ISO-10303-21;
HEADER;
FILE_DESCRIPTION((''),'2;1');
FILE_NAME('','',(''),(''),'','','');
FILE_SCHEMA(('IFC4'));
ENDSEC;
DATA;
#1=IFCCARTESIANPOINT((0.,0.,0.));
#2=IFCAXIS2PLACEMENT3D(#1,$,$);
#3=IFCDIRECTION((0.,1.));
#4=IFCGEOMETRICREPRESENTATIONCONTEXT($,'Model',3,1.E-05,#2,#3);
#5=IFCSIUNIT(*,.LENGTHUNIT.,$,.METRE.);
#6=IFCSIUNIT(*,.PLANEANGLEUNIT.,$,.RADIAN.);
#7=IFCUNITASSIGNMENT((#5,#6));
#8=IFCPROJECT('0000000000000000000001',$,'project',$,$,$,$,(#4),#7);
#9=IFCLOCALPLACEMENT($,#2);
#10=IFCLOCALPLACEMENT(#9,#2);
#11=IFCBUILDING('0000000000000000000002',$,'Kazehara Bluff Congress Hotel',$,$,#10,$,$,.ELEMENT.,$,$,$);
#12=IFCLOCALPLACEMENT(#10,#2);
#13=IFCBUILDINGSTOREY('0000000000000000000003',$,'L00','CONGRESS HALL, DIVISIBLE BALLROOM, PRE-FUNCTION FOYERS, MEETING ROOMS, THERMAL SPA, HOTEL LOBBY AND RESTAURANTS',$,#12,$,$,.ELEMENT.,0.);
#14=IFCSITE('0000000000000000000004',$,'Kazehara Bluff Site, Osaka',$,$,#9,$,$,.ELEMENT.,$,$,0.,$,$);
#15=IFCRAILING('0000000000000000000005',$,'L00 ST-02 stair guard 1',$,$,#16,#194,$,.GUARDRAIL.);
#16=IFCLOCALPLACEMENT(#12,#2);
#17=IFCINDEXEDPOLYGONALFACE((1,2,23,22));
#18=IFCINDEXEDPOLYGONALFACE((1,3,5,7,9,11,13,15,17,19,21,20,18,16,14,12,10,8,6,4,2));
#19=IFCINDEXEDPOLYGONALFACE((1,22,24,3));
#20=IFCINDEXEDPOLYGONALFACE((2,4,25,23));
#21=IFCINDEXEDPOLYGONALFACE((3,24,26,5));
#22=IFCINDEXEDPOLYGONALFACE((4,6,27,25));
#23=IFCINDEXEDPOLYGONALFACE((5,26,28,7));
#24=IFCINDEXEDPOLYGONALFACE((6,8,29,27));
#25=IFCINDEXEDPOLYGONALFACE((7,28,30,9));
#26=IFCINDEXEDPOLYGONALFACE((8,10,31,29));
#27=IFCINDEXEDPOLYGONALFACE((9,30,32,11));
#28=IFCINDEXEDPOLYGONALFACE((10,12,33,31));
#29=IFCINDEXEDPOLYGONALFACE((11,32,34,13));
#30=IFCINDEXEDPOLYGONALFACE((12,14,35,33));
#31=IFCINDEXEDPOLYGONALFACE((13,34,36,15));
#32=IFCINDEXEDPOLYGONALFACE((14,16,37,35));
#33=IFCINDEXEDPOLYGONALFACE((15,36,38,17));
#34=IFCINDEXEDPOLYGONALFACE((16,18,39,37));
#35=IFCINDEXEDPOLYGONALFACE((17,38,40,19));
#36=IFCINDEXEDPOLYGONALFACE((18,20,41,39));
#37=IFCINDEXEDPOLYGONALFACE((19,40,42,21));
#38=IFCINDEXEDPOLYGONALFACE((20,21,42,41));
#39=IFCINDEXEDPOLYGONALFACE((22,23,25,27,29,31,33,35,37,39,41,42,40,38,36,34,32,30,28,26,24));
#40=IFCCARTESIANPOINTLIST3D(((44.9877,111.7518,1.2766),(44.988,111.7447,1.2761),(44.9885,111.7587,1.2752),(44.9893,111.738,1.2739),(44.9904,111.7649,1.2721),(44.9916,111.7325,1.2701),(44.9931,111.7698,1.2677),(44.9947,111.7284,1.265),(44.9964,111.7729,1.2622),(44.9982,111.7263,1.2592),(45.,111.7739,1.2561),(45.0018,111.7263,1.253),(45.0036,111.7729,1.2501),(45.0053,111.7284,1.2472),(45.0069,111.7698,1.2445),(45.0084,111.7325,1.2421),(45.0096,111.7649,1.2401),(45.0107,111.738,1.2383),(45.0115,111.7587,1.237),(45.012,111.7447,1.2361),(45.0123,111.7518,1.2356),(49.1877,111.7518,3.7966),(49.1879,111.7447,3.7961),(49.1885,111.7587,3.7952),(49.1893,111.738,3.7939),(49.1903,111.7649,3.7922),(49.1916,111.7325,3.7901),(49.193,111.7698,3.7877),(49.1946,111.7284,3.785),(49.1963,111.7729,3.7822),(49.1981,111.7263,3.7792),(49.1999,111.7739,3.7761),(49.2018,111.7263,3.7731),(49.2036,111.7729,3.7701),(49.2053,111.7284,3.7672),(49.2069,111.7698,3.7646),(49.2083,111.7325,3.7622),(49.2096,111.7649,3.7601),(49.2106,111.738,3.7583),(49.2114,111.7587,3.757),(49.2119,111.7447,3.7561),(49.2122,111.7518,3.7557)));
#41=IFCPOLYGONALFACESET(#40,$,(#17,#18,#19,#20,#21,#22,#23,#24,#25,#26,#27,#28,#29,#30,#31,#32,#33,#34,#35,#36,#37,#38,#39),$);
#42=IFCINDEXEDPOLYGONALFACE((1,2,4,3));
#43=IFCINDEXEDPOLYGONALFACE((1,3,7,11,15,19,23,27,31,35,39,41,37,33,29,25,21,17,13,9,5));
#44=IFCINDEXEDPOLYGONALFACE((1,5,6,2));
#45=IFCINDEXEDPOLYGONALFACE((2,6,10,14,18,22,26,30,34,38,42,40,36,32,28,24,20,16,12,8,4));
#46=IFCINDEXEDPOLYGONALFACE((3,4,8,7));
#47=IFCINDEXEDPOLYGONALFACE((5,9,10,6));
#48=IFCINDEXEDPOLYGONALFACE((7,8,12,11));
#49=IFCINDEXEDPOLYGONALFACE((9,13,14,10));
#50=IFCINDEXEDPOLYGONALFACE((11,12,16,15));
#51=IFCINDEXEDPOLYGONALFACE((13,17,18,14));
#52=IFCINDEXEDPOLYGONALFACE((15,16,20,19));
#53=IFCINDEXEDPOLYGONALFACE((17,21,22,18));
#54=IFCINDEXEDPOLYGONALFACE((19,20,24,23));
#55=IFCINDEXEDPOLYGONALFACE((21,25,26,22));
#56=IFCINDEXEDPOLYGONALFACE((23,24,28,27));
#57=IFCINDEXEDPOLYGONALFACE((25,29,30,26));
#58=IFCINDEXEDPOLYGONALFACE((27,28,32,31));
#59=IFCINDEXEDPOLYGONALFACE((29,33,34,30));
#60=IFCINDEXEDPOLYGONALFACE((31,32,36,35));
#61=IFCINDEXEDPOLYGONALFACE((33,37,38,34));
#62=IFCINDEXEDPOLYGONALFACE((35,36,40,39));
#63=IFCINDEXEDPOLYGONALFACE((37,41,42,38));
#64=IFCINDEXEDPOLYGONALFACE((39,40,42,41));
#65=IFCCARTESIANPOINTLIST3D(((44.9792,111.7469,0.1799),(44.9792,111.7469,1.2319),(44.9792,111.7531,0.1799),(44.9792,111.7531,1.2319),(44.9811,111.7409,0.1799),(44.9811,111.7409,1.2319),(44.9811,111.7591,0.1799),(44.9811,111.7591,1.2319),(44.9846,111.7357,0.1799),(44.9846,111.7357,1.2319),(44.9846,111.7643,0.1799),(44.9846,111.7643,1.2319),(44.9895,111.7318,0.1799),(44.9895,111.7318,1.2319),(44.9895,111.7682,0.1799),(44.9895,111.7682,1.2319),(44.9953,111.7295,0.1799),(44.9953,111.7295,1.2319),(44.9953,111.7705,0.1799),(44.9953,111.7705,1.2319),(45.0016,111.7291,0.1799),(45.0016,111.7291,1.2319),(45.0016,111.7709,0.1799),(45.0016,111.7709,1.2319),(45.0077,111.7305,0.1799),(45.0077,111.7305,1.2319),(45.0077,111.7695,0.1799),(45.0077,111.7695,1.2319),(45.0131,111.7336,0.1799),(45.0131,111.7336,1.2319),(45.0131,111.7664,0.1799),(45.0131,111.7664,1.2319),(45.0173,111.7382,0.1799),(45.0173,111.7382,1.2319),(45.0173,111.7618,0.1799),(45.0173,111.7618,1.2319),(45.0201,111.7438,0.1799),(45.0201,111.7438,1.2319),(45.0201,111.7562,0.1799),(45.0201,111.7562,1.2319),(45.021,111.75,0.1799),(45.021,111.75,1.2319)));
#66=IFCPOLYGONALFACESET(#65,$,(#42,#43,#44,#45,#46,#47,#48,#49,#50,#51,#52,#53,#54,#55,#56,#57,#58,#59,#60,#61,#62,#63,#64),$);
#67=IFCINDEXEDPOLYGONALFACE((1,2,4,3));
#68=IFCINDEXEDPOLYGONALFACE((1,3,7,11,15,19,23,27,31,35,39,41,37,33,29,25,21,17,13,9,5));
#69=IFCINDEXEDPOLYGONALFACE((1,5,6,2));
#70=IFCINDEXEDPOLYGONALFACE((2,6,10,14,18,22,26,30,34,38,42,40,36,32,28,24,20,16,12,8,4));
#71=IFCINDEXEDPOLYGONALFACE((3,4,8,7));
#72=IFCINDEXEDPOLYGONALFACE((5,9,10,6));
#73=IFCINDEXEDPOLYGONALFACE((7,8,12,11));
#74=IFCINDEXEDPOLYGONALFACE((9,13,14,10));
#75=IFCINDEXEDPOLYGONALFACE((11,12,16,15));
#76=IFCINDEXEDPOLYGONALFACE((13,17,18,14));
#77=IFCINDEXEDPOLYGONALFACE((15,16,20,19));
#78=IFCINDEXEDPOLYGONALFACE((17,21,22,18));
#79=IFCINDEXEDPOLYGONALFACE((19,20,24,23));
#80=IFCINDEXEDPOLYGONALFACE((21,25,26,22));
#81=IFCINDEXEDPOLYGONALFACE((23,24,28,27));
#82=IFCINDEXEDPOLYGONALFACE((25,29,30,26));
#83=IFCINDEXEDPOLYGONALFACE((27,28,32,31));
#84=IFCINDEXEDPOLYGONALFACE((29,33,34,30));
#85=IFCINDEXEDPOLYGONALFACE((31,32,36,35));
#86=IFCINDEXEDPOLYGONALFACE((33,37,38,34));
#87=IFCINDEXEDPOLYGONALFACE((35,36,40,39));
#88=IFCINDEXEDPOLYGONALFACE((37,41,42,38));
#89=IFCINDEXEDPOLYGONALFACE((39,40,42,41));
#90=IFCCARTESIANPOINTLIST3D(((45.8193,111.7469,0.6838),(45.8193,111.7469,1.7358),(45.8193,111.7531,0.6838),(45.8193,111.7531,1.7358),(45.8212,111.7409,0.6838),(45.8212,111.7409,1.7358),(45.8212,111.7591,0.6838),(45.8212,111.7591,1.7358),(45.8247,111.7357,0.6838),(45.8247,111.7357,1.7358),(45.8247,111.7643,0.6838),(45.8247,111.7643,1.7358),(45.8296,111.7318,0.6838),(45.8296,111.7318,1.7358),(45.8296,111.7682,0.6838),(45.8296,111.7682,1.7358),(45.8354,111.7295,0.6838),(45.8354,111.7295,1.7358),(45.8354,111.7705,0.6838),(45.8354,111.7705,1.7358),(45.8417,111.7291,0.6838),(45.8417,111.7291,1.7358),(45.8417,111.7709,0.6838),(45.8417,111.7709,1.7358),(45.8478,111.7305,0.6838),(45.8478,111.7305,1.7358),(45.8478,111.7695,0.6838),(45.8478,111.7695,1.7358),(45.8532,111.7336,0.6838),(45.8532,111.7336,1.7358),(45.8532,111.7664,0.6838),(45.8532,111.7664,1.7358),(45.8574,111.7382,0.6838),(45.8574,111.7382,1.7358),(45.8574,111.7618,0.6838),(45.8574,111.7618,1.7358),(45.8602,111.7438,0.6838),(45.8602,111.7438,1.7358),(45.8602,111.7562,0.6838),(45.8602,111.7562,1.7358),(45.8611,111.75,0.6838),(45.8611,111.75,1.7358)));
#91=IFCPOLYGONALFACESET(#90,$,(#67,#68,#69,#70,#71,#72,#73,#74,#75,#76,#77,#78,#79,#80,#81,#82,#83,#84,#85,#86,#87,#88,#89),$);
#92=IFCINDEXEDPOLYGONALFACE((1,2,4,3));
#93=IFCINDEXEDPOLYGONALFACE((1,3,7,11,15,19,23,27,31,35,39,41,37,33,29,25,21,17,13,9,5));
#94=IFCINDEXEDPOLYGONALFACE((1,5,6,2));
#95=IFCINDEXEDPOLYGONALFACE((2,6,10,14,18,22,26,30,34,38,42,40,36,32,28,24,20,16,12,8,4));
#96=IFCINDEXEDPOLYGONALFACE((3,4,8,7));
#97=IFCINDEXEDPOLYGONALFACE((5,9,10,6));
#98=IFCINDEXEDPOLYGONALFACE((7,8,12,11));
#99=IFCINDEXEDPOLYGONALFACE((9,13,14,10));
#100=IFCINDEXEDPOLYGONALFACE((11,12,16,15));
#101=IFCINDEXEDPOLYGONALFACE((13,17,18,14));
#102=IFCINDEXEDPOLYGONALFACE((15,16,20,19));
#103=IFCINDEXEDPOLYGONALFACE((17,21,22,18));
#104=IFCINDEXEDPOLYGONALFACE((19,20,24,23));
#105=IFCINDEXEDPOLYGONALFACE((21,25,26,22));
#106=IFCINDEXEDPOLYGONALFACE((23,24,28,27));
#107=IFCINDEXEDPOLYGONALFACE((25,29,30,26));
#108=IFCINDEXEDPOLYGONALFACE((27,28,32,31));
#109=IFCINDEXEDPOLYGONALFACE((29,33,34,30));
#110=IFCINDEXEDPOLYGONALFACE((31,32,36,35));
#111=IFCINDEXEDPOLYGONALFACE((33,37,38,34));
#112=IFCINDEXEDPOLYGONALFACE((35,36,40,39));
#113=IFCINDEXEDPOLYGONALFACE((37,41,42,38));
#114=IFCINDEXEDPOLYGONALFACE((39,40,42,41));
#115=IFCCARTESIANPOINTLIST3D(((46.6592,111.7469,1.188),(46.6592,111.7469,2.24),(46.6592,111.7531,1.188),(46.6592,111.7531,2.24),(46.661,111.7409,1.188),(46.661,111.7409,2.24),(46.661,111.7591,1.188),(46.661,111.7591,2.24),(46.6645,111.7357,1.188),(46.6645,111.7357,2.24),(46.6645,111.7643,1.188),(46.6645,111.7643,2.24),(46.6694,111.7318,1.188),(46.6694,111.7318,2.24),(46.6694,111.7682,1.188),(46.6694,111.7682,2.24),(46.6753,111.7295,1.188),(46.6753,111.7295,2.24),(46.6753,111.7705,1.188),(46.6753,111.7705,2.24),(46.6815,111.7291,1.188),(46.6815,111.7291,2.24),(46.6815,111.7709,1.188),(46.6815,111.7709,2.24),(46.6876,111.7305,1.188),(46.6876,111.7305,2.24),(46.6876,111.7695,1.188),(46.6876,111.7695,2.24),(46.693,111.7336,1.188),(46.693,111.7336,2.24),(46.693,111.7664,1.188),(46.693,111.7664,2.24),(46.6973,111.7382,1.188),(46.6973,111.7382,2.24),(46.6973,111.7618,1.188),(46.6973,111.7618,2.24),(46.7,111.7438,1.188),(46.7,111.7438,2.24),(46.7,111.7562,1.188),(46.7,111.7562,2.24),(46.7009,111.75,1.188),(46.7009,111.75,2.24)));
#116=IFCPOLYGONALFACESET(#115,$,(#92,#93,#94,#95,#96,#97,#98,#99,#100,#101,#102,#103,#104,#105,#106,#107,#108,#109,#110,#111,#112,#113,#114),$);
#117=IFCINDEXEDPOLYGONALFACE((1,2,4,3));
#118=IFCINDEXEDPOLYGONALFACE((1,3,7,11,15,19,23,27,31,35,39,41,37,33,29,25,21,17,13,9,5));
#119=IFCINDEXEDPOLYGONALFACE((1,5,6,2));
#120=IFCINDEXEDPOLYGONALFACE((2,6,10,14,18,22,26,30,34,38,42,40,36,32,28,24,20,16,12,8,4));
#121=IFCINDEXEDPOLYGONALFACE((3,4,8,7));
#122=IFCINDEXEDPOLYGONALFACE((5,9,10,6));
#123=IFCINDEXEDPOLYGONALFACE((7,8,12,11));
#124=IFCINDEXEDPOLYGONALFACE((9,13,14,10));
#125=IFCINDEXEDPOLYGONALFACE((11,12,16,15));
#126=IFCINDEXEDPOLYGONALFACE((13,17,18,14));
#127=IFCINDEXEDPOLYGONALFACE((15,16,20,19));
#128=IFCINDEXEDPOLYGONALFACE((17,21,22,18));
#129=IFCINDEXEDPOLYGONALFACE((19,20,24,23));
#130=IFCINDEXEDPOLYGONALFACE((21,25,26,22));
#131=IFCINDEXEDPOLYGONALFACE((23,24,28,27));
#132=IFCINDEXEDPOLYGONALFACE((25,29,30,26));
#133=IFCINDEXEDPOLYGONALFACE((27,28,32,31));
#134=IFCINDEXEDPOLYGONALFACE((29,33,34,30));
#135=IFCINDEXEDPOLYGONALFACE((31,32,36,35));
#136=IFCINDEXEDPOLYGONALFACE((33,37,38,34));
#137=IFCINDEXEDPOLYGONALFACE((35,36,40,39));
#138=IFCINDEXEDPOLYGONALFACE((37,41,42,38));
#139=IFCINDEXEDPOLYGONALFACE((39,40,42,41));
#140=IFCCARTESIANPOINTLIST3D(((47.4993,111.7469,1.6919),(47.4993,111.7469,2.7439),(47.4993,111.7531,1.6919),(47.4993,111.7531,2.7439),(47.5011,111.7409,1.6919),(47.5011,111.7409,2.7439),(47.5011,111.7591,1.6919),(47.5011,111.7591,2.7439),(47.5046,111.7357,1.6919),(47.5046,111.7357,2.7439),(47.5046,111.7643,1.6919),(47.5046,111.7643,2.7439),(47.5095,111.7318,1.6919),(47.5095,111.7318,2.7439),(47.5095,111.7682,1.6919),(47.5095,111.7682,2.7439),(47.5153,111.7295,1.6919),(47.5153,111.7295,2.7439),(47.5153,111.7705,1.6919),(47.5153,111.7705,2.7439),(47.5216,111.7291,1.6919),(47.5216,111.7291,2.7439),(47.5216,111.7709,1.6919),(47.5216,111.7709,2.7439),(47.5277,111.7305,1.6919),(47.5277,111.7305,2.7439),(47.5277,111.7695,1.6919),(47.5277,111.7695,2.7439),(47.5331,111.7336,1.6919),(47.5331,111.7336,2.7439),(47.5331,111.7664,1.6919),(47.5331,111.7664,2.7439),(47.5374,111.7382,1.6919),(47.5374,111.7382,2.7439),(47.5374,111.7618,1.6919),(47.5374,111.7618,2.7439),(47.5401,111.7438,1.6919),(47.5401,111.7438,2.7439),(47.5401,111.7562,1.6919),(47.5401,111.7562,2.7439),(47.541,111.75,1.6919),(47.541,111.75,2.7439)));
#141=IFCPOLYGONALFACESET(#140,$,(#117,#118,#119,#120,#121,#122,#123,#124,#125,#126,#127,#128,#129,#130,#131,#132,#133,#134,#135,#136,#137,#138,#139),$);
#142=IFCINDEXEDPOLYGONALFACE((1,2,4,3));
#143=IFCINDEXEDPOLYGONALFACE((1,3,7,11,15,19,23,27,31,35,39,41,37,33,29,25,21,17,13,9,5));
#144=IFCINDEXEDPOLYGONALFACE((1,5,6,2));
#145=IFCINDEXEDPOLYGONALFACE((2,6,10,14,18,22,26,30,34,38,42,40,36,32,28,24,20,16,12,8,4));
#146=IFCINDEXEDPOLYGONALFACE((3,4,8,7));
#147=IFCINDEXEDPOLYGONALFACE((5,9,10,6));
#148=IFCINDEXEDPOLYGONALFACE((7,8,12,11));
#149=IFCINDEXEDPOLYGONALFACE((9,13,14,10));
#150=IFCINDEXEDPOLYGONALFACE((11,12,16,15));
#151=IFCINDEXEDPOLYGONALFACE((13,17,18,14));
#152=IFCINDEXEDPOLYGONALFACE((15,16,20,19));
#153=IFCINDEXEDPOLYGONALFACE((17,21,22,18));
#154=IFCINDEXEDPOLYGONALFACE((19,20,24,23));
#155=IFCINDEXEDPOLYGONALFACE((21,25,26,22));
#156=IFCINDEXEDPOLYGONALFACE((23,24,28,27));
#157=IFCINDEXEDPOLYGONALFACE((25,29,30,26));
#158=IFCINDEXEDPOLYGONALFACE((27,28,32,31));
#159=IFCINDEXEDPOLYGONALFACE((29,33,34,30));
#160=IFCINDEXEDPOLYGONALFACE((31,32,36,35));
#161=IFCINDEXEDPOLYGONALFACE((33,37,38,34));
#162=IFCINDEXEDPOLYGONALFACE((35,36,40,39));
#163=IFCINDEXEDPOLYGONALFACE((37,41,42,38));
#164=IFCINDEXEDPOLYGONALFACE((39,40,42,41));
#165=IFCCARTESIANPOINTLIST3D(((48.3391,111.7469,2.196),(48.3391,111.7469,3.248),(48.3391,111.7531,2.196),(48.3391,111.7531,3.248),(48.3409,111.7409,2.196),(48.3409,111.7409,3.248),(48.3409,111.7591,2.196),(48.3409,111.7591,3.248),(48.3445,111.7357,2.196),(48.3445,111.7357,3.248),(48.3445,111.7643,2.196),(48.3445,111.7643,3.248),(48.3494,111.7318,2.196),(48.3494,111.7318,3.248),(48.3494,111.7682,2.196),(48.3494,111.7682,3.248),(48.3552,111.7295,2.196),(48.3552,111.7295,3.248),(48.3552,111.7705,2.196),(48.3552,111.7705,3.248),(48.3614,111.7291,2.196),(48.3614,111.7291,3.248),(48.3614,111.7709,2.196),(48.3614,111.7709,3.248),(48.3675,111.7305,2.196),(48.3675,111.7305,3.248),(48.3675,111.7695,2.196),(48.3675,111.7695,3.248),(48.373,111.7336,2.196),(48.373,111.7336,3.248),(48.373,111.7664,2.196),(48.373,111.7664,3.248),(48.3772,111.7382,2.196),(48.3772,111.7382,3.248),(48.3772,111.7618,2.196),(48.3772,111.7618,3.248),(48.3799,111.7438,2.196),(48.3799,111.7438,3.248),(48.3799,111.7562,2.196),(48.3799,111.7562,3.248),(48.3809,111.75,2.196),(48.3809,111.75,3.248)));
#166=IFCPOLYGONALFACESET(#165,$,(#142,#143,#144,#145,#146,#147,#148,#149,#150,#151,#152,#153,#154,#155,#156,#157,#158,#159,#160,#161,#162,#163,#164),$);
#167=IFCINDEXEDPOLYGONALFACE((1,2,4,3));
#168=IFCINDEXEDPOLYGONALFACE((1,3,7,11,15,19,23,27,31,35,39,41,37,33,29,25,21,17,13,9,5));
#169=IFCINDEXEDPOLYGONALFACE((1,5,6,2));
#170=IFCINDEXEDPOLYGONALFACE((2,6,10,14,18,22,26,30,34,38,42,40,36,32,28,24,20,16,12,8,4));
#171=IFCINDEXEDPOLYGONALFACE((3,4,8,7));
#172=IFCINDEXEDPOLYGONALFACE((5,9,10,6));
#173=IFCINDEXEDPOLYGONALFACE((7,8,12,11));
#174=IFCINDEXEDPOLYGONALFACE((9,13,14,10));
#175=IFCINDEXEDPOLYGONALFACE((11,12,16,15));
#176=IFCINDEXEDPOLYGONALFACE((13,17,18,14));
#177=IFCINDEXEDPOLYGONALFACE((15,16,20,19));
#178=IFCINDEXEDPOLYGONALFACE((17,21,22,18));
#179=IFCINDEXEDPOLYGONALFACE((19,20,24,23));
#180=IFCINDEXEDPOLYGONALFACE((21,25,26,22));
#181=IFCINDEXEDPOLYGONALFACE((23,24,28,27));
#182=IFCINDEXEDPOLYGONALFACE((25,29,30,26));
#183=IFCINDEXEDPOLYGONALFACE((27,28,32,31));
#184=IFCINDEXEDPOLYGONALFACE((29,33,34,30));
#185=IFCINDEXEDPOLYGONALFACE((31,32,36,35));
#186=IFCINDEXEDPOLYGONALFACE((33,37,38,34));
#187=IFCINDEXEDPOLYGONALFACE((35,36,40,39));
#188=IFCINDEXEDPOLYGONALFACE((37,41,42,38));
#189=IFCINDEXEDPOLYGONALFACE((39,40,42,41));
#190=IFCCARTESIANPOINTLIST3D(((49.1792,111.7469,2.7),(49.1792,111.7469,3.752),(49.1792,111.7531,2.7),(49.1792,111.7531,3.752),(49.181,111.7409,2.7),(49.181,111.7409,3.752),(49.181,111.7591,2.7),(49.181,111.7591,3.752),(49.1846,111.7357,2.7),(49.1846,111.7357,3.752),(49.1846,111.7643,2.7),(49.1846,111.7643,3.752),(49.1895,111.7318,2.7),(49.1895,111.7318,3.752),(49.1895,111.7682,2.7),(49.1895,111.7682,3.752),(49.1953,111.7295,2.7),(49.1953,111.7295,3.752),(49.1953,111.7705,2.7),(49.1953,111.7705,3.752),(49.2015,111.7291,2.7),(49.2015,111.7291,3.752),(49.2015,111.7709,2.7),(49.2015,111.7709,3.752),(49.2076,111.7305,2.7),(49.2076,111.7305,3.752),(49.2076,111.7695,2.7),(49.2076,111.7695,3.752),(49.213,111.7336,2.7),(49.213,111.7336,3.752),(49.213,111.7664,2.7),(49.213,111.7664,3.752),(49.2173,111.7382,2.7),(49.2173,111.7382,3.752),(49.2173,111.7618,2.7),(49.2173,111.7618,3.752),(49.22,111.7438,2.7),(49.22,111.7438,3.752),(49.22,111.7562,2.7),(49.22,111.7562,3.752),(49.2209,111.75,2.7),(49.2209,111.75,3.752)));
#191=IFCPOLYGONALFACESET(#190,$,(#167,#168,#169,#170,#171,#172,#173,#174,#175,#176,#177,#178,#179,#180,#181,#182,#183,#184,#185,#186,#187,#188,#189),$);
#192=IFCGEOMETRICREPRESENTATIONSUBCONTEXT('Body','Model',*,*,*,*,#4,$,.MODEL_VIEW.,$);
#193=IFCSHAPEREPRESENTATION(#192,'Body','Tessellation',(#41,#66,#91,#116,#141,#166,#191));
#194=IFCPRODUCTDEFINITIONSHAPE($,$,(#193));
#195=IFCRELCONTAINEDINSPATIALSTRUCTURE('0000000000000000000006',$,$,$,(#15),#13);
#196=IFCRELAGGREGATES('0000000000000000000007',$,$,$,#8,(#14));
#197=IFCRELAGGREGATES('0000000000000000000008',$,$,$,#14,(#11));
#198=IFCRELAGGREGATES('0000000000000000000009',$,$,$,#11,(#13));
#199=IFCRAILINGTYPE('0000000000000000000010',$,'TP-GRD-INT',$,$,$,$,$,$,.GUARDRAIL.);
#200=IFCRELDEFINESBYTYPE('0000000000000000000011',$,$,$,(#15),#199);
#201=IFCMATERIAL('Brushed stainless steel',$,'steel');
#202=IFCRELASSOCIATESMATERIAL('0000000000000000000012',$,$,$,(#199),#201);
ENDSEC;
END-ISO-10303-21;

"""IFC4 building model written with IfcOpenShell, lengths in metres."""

from ifc_helpers import new_model, si_unit, direction, frame, origin, origin_2d, place, context, subcontext, project, spatial, circle, extrude, material, type_object, element, save


model = new_model("IFC4")

# Units and contexts
model_context = context("Model", 3, precision=1e-05, world=origin(), true_north=direction((0.0, 1.0)))
body_context = subcontext(model_context, "Body", "Model", "MODEL_VIEW")
ifc_project = project(units=[si_unit("LENGTHUNIT", "METRE"), si_unit("PLANEANGLEUNIT", "RADIAN")], contexts=[model_context])

# Site, building, storey
site_placement = place(None, origin())
site = spatial("IfcSite", under=ifc_project, at=site_placement, Name="Kazehara Bluff Site, Osaka", CompositionType="ELEMENT", RefElevation=0.0)
building_placement = place(site_placement, origin())
building = spatial("IfcBuilding", under=site, at=building_placement, Name="Kazehara Bluff Congress Hotel", CompositionType="ELEMENT")
storey_placement = place(building_placement, origin())
storey = spatial("IfcBuildingStorey", under=building, at=storey_placement, Name="L00", Description="CONGRESS HALL, DIVISIBLE BALLROOM, PRE-FUNCTION FOYERS, MEETING ROOMS, THERMAL SPA, HOTEL LOBBY AND RESTAURANTS", CompositionType="ELEMENT", Elevation=0.0)

# Railing
ifc_material_1 = material(Name="Brushed stainless steel", Category="steel")
railing_type = type_object("IfcRailingType", Name="TP-GRD-INT", PredefinedType="GUARDRAIL", material=ifc_material_1)
railing_1_placement = place(storey_placement, frame((45.0, 111.75, 0.1799)))
element("IfcRailing", 1, at=railing_1_placement, inside=storey, type_object=railing_type, Name="L00 ST-02 stair guard 1", PredefinedType="GUARDRAIL", context=body_context, shape_type="SweptSolid", body=[
    extrude(circle(Radius=0.0239, at=origin_2d()), frame((0.0, 0.0, 1.0762), z_axis=(0.857489, 0.0, 0.514503), x_axis=(0.0, 1.0, 0.0)), (0.0, 0.0, 1.0), 4.8979),
    extrude(circle(Radius=0.021, at=origin_2d()), origin(), (0.0, 0.0, 1.0), 1.052),
    extrude(circle(Radius=0.021, at=origin_2d()), frame((0.8401, 0.0, 0.5039)), (0.0, 0.0, 1.0), 1.052),
    extrude(circle(Radius=0.021, at=origin_2d()), frame((1.6799, 0.0, 1.0081)), (0.0, 0.0, 1.0), 1.052),
    extrude(circle(Radius=0.021, at=origin_2d()), frame((2.52, 0.0, 1.512)), (0.0, 0.0, 1.0), 1.052),
    extrude(circle(Radius=0.021, at=origin_2d()), frame((3.3599, 0.0, 2.0161)), (0.0, 0.0, 1.0), 1.052),
    extrude(circle(Radius=0.021, at=origin_2d()), frame((4.2, 0.0, 2.52)), (0.0, 0.0, 1.0), 1.052),
])

save(model, "model.ifc")
